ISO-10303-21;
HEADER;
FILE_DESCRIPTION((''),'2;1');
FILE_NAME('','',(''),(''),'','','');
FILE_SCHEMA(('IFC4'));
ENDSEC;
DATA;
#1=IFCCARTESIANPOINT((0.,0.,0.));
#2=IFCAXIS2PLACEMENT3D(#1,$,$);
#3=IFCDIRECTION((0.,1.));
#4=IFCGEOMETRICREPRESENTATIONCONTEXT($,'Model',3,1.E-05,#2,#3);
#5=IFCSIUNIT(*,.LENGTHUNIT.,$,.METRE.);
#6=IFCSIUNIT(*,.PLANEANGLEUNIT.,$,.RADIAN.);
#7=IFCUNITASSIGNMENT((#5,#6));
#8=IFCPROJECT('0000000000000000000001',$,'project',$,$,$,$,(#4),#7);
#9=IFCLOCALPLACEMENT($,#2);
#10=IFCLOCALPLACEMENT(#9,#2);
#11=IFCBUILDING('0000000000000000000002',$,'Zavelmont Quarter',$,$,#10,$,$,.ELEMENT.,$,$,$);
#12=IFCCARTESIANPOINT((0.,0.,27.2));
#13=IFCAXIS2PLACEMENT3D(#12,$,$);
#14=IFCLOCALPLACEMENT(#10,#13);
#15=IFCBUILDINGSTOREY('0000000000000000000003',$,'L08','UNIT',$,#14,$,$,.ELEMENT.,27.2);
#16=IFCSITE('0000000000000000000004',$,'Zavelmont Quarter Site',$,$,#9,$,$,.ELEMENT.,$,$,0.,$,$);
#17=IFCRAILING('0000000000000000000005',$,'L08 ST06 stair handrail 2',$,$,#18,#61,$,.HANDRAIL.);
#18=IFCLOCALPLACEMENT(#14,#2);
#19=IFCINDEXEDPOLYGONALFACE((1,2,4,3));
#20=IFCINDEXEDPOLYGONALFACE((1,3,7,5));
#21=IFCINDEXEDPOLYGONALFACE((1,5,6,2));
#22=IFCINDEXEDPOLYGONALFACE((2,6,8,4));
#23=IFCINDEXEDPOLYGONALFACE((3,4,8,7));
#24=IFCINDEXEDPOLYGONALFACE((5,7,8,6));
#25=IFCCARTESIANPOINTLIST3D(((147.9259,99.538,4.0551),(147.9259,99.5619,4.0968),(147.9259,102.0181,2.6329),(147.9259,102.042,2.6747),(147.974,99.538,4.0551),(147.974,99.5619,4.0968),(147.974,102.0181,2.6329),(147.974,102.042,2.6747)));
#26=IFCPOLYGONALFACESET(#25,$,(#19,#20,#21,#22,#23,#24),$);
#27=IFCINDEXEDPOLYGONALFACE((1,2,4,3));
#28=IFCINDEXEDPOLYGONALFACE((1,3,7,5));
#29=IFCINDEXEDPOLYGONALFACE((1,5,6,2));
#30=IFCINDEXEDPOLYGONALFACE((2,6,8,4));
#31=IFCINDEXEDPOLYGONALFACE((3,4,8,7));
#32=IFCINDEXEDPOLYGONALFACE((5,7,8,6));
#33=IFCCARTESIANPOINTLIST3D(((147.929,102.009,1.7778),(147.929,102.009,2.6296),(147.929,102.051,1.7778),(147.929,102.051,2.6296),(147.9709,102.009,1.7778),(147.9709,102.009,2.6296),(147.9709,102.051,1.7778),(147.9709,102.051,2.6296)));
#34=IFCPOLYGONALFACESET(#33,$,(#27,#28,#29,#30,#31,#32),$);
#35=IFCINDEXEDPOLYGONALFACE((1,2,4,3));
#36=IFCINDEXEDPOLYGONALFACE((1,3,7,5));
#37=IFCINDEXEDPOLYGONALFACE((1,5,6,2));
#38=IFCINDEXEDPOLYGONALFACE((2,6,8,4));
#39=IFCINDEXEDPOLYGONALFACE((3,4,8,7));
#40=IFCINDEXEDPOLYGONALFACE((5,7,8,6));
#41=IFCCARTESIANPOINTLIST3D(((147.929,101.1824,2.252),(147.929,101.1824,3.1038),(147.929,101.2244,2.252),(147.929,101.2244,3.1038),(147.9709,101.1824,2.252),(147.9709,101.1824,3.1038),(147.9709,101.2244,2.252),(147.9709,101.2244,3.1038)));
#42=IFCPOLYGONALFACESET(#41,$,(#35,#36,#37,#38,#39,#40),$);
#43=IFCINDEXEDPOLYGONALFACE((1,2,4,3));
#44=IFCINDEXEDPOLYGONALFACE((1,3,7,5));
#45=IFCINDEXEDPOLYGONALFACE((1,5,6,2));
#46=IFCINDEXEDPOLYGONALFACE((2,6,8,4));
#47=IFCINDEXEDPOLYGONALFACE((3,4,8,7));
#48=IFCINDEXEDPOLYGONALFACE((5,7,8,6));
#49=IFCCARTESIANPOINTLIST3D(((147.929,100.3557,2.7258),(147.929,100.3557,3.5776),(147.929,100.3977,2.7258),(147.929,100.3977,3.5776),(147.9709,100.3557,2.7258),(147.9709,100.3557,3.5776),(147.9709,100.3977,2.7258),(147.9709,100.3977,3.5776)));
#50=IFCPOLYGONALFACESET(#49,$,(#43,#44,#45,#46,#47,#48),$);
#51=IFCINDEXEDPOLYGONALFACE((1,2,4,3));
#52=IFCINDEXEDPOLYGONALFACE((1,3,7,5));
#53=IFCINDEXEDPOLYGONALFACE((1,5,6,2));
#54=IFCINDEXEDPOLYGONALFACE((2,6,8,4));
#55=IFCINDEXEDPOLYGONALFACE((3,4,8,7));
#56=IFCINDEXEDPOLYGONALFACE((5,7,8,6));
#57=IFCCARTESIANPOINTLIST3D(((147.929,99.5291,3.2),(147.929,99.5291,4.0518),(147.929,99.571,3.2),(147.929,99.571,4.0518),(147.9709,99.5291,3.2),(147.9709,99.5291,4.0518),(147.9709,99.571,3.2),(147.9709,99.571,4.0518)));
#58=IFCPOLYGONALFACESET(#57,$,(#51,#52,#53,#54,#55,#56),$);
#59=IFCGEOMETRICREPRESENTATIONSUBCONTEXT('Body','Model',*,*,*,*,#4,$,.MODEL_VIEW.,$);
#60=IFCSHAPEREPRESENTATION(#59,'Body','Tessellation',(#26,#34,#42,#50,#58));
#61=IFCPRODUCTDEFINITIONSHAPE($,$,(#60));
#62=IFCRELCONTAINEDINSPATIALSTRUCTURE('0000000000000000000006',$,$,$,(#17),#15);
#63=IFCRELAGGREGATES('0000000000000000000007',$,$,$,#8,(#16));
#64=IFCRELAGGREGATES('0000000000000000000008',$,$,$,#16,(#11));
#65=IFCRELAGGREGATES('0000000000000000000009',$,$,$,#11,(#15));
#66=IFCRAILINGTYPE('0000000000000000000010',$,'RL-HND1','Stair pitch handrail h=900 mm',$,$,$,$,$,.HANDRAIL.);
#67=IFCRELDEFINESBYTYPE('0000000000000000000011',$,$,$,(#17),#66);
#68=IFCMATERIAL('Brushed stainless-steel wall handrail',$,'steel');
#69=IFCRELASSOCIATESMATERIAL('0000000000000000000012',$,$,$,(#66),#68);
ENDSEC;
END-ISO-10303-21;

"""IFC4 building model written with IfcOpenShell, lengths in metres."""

from ifc_helpers import new_model, si_unit, direction, frame, origin, origin_2d, place, context, subcontext, project, spatial, rectangle, extrude, material, type_object, element, save


model = new_model("IFC4")

# Units and contexts
model_context = context("Model", 3, precision=1e-05, world=origin(), true_north=direction((0.0, 1.0)))
body_context = subcontext(model_context, "Body", "Model", "MODEL_VIEW")
ifc_project = project(units=[si_unit("LENGTHUNIT", "METRE"), si_unit("PLANEANGLEUNIT", "RADIAN")], contexts=[model_context])

# Site, building, storey
site_placement = place(None, origin())
site = spatial("IfcSite", under=ifc_project, at=site_placement, Name="Zavelmont Quarter Site", CompositionType="ELEMENT", RefElevation=0.0)
building_placement = place(site_placement, origin())
building = spatial("IfcBuilding", under=site, at=building_placement, Name="Zavelmont Quarter", CompositionType="ELEMENT")
storey_placement = place(building_placement, frame((0.0, 0.0, 27.2)))
storey = spatial("IfcBuildingStorey", under=building, at=storey_placement, Name="L08", Description="UNIT", CompositionType="ELEMENT", Elevation=27.2)

# Railing
ifc_material_1 = material(Name="Brushed stainless-steel wall handrail", Category="steel")
railing_type_1 = type_object("IfcRailingType", Name="RL-HND1", Description="Stair pitch handrail h=900 mm", PredefinedType="HANDRAIL", material=ifc_material_1)
railing_1_placement = place(storey_placement, frame((147.95, 102.03, 1.7778)))
element("IfcRailing", 1, at=railing_1_placement, inside=storey, type_object=railing_type_1, Name="L08 ST06 stair handrail 2", PredefinedType="HANDRAIL", context=body_context, shape_type="SweptSolid", body=[
    extrude(rectangle(XDim=0.0481, YDim=0.0481, at=origin_2d()), frame((0.0, 0.0, 0.876), z_axis=(0.0, -0.867491, 0.497454), x_axis=(1.0, 0.0, 0.0)), (0.0, 0.0, 1.0), 2.8589),
    extrude(rectangle(XDim=0.042, YDim=0.042, at=origin_2d()), origin(), (0.0, 0.0, 1.0), 0.8518),
    extrude(rectangle(XDim=0.042, YDim=0.042, at=origin_2d()), frame((0.0, -0.8267, 0.4741)), (0.0, 0.0, 1.0), 0.8518),
    extrude(rectangle(XDim=0.042, YDim=0.042, at=origin_2d()), frame((0.0, -1.6533, 0.948)), (0.0, 0.0, 1.0), 0.8518),
    extrude(rectangle(XDim=0.042, YDim=0.042, at=origin_2d()), frame((0.0, -2.48, 1.4221)), (0.0, 0.0, 1.0), 0.8518),
])

save(model, "model.ifc")
